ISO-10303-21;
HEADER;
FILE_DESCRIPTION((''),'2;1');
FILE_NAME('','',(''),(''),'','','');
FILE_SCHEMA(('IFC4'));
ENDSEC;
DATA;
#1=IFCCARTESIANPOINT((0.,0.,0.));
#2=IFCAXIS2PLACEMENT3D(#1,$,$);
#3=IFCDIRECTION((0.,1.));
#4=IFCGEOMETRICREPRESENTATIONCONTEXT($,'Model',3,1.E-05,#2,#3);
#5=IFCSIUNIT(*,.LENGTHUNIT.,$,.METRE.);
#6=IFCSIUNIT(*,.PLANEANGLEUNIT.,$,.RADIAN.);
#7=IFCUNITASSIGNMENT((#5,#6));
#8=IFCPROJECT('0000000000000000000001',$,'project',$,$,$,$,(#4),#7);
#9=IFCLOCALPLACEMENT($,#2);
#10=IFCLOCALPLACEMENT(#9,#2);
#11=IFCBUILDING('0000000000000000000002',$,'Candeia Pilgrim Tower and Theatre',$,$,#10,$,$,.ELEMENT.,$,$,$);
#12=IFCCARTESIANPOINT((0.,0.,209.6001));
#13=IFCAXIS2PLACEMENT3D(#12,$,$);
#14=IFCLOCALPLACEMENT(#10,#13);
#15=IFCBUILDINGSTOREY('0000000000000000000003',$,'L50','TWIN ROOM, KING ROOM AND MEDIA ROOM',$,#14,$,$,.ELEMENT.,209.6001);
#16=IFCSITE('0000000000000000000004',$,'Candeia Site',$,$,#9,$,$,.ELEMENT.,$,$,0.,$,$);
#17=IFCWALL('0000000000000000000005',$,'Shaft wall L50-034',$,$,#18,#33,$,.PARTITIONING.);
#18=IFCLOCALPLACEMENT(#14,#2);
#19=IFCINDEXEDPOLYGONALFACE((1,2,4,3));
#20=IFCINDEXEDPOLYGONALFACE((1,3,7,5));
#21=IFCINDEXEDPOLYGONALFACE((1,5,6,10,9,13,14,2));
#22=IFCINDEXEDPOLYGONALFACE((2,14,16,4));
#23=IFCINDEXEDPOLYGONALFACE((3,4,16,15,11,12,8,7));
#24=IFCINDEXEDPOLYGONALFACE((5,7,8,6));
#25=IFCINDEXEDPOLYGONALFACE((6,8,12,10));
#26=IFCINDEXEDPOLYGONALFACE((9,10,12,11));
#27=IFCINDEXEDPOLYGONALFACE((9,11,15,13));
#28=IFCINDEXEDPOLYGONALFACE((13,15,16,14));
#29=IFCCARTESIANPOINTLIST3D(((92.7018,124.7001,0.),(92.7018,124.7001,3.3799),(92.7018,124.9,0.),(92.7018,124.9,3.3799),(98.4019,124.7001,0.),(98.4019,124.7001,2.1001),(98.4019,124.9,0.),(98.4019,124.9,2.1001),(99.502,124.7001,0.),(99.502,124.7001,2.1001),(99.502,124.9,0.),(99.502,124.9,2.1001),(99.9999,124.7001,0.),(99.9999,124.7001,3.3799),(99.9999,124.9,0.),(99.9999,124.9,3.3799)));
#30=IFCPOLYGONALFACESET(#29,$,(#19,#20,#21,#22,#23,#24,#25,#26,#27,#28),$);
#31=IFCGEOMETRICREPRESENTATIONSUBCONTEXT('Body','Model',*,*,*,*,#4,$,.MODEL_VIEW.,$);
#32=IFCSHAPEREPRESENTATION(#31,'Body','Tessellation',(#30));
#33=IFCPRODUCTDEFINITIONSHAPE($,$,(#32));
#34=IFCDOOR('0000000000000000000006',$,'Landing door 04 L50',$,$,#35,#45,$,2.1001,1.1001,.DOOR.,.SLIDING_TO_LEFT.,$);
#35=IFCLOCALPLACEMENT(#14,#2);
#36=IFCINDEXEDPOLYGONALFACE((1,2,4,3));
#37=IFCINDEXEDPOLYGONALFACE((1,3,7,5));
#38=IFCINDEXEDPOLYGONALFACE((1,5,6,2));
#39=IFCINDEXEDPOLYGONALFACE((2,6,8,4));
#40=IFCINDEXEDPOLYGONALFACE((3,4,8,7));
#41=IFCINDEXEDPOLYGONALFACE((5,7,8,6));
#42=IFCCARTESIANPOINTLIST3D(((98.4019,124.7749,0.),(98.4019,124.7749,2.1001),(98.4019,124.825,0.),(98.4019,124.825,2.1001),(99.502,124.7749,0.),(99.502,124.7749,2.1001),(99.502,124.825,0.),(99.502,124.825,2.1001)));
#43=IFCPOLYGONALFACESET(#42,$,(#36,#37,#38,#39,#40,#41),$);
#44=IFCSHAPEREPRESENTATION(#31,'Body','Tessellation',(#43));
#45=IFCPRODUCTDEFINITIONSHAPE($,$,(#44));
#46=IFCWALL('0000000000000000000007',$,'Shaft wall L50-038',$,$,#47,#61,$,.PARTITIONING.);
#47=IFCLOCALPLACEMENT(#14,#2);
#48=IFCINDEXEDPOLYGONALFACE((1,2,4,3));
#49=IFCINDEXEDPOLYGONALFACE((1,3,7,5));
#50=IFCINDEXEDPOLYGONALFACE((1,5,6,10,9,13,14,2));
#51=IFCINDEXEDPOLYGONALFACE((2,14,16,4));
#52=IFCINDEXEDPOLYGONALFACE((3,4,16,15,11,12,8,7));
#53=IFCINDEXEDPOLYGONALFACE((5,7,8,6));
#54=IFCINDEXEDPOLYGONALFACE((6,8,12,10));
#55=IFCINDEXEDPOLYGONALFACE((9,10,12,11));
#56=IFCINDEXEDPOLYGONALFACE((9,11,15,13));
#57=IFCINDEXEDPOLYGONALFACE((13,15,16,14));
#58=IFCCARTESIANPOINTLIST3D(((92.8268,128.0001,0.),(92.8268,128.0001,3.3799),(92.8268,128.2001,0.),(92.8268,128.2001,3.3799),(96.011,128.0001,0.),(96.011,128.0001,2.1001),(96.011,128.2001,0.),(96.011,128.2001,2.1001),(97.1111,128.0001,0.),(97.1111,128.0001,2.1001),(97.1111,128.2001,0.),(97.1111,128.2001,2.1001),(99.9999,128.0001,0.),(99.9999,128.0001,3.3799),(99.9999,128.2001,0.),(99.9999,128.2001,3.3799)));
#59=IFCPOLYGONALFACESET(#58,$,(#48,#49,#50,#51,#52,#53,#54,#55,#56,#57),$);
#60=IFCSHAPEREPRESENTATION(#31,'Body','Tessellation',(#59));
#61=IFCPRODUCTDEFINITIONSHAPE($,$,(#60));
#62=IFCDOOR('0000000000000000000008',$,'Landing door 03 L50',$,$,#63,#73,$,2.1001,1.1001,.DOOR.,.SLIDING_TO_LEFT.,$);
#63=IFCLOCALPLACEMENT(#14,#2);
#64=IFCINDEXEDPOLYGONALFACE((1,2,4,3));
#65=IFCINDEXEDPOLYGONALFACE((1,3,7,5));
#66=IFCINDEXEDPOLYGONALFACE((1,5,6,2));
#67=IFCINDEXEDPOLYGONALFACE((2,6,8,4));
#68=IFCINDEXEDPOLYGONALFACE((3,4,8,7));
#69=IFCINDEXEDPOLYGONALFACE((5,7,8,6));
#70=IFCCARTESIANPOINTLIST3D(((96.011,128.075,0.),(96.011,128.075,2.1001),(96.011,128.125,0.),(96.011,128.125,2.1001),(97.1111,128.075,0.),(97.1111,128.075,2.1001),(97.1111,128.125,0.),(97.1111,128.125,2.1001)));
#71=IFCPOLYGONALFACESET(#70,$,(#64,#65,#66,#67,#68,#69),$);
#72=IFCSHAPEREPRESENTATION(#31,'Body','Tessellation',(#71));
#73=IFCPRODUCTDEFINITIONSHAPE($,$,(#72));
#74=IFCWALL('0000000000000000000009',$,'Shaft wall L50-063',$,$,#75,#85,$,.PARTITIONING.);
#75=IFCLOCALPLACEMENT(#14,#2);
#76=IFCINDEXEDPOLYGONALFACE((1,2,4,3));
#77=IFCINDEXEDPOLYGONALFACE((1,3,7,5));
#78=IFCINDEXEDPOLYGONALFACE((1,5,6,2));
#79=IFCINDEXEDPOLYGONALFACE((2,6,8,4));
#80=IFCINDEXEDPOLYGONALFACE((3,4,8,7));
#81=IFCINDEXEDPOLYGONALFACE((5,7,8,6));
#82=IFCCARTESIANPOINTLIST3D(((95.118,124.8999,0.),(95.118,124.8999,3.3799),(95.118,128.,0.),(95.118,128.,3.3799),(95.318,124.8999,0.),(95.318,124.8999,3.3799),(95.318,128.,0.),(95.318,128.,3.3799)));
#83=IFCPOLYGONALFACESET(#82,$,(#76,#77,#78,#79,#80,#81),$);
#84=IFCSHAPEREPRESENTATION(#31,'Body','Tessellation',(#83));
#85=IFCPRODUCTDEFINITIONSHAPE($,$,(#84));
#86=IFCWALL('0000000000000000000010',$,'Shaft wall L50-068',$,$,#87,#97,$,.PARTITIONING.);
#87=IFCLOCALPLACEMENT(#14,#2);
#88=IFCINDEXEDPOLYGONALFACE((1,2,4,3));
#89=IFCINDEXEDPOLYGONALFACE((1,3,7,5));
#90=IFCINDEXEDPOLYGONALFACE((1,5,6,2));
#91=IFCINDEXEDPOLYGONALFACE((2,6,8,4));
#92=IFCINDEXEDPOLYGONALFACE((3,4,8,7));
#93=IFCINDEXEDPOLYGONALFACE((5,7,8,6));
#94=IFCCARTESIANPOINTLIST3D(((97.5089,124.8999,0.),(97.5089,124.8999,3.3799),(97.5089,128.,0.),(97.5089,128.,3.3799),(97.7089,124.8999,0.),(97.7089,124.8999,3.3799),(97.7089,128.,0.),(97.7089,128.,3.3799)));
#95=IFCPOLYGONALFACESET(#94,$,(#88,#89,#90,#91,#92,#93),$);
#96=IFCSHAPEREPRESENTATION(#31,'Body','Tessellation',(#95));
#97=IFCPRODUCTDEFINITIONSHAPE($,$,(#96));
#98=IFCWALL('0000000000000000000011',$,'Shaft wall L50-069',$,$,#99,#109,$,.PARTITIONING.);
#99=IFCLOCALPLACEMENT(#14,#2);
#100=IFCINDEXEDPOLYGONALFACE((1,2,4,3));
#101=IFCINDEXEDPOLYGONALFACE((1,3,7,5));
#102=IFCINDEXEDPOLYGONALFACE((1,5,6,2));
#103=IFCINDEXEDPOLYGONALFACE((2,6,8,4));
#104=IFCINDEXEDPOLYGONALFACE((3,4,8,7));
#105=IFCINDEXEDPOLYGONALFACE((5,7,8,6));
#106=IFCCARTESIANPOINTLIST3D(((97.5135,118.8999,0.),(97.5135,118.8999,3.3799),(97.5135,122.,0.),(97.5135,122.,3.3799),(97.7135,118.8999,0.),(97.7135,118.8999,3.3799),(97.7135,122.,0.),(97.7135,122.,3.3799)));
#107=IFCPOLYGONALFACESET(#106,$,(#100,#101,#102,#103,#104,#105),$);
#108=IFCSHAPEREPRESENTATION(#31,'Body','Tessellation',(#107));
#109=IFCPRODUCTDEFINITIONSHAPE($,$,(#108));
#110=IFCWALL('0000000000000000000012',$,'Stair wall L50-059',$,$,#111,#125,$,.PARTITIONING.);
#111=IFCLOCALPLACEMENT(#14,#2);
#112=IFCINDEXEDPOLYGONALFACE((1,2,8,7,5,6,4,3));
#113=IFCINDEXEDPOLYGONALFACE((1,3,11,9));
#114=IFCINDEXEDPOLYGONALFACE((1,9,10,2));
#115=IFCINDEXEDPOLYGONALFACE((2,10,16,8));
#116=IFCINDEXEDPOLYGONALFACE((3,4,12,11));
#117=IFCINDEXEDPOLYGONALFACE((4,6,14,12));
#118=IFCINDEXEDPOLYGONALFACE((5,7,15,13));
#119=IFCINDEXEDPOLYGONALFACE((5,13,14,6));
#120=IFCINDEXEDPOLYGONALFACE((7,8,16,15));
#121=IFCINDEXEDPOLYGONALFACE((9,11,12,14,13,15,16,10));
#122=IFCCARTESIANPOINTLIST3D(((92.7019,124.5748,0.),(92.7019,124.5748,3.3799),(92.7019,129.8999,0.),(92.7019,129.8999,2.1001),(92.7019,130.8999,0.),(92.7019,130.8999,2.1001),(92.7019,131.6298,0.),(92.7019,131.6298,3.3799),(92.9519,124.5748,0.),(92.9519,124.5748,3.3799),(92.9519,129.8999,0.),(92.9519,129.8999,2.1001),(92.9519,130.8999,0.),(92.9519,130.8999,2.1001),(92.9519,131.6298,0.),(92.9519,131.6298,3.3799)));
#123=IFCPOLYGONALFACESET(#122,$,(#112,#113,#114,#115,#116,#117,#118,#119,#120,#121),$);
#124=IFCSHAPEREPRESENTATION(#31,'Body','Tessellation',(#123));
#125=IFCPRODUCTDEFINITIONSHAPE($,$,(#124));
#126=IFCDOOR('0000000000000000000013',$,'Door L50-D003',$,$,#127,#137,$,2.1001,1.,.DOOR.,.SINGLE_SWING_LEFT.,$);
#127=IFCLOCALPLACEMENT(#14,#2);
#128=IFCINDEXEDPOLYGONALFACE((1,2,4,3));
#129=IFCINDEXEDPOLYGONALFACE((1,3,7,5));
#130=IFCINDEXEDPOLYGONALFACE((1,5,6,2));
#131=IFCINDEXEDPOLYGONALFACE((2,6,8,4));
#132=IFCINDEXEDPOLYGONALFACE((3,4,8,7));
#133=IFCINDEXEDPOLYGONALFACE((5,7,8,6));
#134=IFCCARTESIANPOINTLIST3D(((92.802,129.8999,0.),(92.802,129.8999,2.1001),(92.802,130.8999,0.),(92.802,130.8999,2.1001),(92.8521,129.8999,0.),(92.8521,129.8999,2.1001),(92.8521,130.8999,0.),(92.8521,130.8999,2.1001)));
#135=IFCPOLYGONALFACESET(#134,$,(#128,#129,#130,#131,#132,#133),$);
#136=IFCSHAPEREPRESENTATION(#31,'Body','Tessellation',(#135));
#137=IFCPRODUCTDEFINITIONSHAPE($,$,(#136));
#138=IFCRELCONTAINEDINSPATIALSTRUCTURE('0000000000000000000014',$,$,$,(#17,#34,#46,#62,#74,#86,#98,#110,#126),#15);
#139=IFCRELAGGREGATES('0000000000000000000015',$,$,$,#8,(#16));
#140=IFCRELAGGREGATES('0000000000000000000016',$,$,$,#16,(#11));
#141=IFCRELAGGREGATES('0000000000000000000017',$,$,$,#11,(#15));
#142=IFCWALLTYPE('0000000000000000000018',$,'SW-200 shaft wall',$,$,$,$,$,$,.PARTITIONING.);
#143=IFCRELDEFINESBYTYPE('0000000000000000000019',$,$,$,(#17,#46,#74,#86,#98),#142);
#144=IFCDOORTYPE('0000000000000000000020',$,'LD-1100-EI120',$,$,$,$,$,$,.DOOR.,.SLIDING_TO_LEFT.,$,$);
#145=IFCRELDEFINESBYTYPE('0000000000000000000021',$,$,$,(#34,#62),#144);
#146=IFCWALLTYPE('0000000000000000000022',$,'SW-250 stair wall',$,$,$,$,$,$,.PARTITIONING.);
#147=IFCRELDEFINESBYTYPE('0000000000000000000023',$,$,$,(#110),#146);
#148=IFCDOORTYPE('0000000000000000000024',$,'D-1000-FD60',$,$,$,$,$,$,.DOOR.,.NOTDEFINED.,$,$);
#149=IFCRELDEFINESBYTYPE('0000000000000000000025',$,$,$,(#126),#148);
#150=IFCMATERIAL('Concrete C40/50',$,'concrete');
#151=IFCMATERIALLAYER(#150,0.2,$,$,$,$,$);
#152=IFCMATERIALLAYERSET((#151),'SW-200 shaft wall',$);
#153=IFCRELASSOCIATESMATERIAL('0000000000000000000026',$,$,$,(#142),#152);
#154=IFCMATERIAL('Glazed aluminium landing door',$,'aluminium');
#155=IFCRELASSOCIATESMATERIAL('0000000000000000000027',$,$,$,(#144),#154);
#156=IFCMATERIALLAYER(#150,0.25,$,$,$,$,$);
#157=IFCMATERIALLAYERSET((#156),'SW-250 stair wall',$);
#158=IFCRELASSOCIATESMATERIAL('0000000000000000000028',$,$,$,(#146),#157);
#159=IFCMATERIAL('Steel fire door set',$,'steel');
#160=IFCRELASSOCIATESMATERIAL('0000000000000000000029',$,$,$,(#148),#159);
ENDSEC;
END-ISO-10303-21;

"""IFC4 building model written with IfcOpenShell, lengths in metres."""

from ifc_helpers import new_model, si_unit, direction, frame, frame_2d, origin, place, context, subcontext, project, spatial, rectangle, extrude, material, layer, layer_set, type_object, element, fill, save


model = new_model("IFC4")

# Units and contexts
model_context = context("Model", 3, precision=1e-05, world=origin(), true_north=direction((0.0, 1.0)))
body_context = subcontext(model_context, "Body", "Model", "MODEL_VIEW")
ifc_project = project(units=[si_unit("LENGTHUNIT", "METRE"), si_unit("PLANEANGLEUNIT", "RADIAN")], contexts=[model_context])

# Site, building, storey
site_placement = place(None, origin())
site = spatial("IfcSite", under=ifc_project, at=site_placement, Name="Candeia Site", CompositionType="ELEMENT", RefElevation=0.0)
building_placement = place(site_placement, origin())
building = spatial("IfcBuilding", under=site, at=building_placement, Name="Candeia Pilgrim Tower and Theatre", CompositionType="ELEMENT")
storey_placement = place(building_placement, frame((0.0, 0.0, 209.6001)))
storey = spatial("IfcBuildingStorey", under=building, at=storey_placement, Name="L50", Description="TWIN ROOM, KING ROOM AND MEDIA ROOM", CompositionType="ELEMENT", Elevation=209.6001)

# Shared definitions
ifc_material_1 = material(Name="Steel fire door set", Category="steel")

# Shared definitions
ifc_material_2 = material(Name="Concrete C40/50", Category="concrete")
ifc_layer_1 = layer(ifc_material_2, 0.2)
ifc_layer_set_1 = layer_set([ifc_layer_1], Name="SW-200 shaft wall")
wall_type_1 = type_object("IfcWallType", Name="SW-200 shaft wall", PredefinedType="PARTITIONING", material=ifc_layer_set_1)

# Shared definitions
ifc_material_3 = material(Name="Glazed aluminium landing door", Category="aluminium")
door_type_1 = type_object("IfcDoorType", Name="LD-1100-EI120", OperationType="SLIDING_TO_LEFT", PredefinedType="DOOR", material=ifc_material_3)

# Walls, openings, doors
wall_1_placement = place(storey_placement, frame((92.7019, 124.8, 0.0), z_axis=(0.0, 0.0, 1.0), x_axis=(1.0, 0.0, 0.0)))
wall_1 = element("IfcWall", 1, at=wall_1_placement, inside=storey, type_object=wall_type_1, Name="Shaft wall L50-034", PredefinedType="PARTITIONING", context=body_context, shape_type="SweptSolid", body=[
    extrude(rectangle(XDim=7.2981, YDim=0.2, at=frame_2d((3.6489, 0.0))), origin(), (0.0, 0.0, 1.0), 3.3799),
])
opening_1_placement = place(wall_1_placement, frame((5.7, 0.0, 0.0)))
opening_1 = element("IfcOpeningElement", 2, at=opening_1_placement, cuts=wall_1, PredefinedType="OPENING", context=body_context, shape_type="SweptSolid", body=[
    extrude(rectangle(XDim=1.1001, YDim=2.1001, at=frame_2d((0.55, 1.05))), frame((0.0, 0.1099, 0.0), z_axis=(0.0, -1.0, 0.0), x_axis=(1.0, 0.0, 0.0)), (0.0, 0.0, 1.0), 0.22),
])
door_1_placement = place(opening_1_placement, origin())
door_1 = element("IfcDoor", 3, at=door_1_placement, inside=storey, type_object=door_type_1, Name="Landing door 04 L50", OperationType="SLIDING_TO_LEFT", OverallHeight=2.1001, OverallWidth=1.1001, PredefinedType="DOOR", context=body_context, shape_type="SweptSolid", body=[
    extrude(rectangle(XDim=1.1001, YDim=2.1001, at=frame_2d((0.55, 1.05))), frame((0.0, 0.0249, 0.0), z_axis=(0.0, -1.0, 0.0), x_axis=(1.0, 0.0, 0.0)), (0.0, 0.0, 1.0), 0.05),
])
fill(opening_1, door_1)
wall_2_placement = place(storey_placement, frame((92.8269, 128.1001, 0.0), z_axis=(0.0, 0.0, 1.0), x_axis=(1.0, 0.0, 0.0)))
wall_2 = element("IfcWall", 4, at=wall_2_placement, inside=storey, type_object=wall_type_1, Name="Shaft wall L50-038", PredefinedType="PARTITIONING", context=body_context, shape_type="SweptSolid", body=[
    extrude(rectangle(XDim=7.1731, YDim=0.2, at=frame_2d((3.5864, 0.0))), origin(), (0.0, 0.0, 1.0), 3.3799),
])
opening_2_placement = place(wall_2_placement, frame((3.1841, 0.0, 0.0)))
opening_2 = element("IfcOpeningElement", 5, at=opening_2_placement, cuts=wall_2, PredefinedType="OPENING", context=body_context, shape_type="SweptSolid", body=[
    extrude(rectangle(XDim=1.1001, YDim=2.1001, at=frame_2d((0.55, 1.05))), frame((0.0, 0.1099, 0.0), z_axis=(0.0, -1.0, 0.0), x_axis=(1.0, 0.0, 0.0)), (0.0, 0.0, 1.0), 0.22),
])
door_2_placement = place(opening_2_placement, origin())
door_2 = element("IfcDoor", 6, at=door_2_placement, inside=storey, type_object=door_type_1, Name="Landing door 03 L50", OperationType="SLIDING_TO_LEFT", OverallHeight=2.1001, OverallWidth=1.1001, PredefinedType="DOOR", context=body_context, shape_type="SweptSolid", body=[
    extrude(rectangle(XDim=1.1001, YDim=2.1001, at=frame_2d((0.55, 1.05))), frame((0.0, 0.0249, 0.0), z_axis=(0.0, -1.0, 0.0), x_axis=(1.0, 0.0, 0.0)), (0.0, 0.0, 1.0), 0.05),
])
fill(opening_2, door_2)

# Walls
for number, where, z_axis, x_axis, name in (
    (7, (95.218, 124.8999, 0.0), (0.0, 0.0, 1.0), (0.0, 1.0, 0.0), "Shaft wall L50-063"),
    (8, (97.6089, 124.8999, 0.0), (0.0, 0.0, 1.0), (0.0, 1.0, 0.0), "Shaft wall L50-068"),
    (9, (97.6135, 118.8999, 0.0), (0.0, 0.0, 1.0), (0.0, 1.0, 0.0), "Shaft wall L50-069"),
):
    element("IfcWall", number, at=place(storey_placement, frame(where, z_axis=z_axis, x_axis=x_axis)), inside=storey, type_object=wall_type_1, Name=name, PredefinedType="PARTITIONING", context=body_context, shape_type="SweptSolid", body=[
        extrude(rectangle(XDim=3.1001, YDim=0.2, at=frame_2d((1.55, 0.0))), origin(), (0.0, 0.0, 1.0), 3.3799),
    ])

# Wall, opening, door
ifc_layer_2 = layer(ifc_material_2, 0.25)
ifc_layer_set_2 = layer_set([ifc_layer_2], Name="SW-250 stair wall")
wall_type_2 = type_object("IfcWallType", Name="SW-250 stair wall", PredefinedType="PARTITIONING", material=ifc_layer_set_2)
wall_3_placement = place(storey_placement, frame((92.8269, 124.575, 0.0), z_axis=(0.0, 0.0, 1.0), x_axis=(0.0, 1.0, 0.0)))
wall_3 = element("IfcWall", 10, at=wall_3_placement, inside=storey, type_object=wall_type_2, Name="Stair wall L50-059", PredefinedType="PARTITIONING", context=body_context, shape_type="SweptSolid", body=[
    extrude(rectangle(XDim=7.0549, YDim=0.25, at=frame_2d((3.5273, 0.0))), origin(), (0.0, 0.0, 1.0), 3.3799),
])
opening_3_placement = place(wall_3_placement, frame((5.325, 0.0, 0.0)))
opening_3 = element("IfcOpeningElement", 11, at=opening_3_placement, cuts=wall_3, PredefinedType="OPENING", context=body_context, shape_type="SweptSolid", body=[
    extrude(rectangle(XDim=1.0, YDim=2.1001, at=frame_2d((0.5, 1.05))), frame((0.0, 0.135, 0.0), z_axis=(0.0, -1.0, 0.0), x_axis=(1.0, 0.0, 0.0)), (0.0, 0.0, 1.0), 0.27),
])
door_type_2 = type_object("IfcDoorType", Name="D-1000-FD60", OperationType="NOTDEFINED", PredefinedType="DOOR", material=ifc_material_1)
door_3_placement = place(opening_3_placement, origin())
door_3 = element("IfcDoor", 12, at=door_3_placement, inside=storey, type_object=door_type_2, Name="Door L50-D003", OperationType="SINGLE_SWING_LEFT", OverallHeight=2.1001, OverallWidth=1.0, PredefinedType="DOOR", context=body_context, shape_type="SweptSolid", body=[
    extrude(rectangle(XDim=1.0, YDim=2.1001, at=frame_2d((0.5, 1.05))), frame((0.0, 0.0249, 0.0), z_axis=(0.0, -1.0, 0.0), x_axis=(1.0, 0.0, 0.0)), (0.0, 0.0, 1.0), 0.05),
])
fill(opening_3, door_3)

save(model, "model.ifc")
